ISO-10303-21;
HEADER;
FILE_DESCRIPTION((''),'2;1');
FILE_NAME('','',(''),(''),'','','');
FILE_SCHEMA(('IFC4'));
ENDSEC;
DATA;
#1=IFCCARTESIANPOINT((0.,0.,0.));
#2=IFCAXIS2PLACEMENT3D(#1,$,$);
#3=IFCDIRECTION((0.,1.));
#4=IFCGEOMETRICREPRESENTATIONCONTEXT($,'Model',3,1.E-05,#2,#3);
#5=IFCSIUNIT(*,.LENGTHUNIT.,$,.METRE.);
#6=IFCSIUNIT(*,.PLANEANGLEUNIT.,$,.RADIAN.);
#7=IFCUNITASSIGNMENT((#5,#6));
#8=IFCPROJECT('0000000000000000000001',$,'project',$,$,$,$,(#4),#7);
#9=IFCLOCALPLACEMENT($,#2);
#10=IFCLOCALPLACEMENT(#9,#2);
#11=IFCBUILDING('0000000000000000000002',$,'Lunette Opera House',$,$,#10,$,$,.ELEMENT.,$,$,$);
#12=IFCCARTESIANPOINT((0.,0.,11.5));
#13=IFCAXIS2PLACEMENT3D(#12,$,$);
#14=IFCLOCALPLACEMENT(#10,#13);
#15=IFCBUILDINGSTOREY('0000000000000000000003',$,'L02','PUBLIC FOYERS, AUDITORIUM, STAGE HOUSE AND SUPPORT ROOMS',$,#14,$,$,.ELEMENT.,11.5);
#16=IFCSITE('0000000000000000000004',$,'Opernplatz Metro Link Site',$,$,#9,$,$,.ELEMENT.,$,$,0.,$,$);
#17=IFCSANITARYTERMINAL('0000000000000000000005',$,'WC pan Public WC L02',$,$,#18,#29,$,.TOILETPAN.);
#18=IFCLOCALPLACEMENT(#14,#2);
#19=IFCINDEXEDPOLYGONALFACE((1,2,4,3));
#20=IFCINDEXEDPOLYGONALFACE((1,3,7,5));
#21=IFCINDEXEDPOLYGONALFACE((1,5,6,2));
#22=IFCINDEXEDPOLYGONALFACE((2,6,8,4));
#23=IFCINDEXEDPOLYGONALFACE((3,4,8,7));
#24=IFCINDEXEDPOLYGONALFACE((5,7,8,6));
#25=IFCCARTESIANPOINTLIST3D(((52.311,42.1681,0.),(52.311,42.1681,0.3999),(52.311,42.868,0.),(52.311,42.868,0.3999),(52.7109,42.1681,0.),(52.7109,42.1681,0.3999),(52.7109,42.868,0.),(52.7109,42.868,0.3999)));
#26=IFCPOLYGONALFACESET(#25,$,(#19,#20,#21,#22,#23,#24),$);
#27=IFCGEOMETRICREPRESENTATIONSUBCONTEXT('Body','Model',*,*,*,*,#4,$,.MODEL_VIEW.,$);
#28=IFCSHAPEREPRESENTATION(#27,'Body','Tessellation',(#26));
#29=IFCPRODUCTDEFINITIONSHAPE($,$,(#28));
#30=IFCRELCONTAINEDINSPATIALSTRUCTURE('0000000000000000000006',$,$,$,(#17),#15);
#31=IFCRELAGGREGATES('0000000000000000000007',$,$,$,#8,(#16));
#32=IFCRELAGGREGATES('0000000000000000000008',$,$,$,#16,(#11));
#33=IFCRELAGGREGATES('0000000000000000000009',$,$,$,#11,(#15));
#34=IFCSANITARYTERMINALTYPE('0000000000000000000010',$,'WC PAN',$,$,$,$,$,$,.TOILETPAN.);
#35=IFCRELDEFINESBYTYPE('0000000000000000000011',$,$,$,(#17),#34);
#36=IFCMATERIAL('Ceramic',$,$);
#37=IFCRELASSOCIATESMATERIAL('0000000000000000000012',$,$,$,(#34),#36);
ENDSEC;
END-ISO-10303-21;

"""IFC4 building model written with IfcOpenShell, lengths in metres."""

from ifc_helpers import new_model, si_unit, direction, frame, origin, origin_2d, place, context, subcontext, project, spatial, rectangle, extrude, material, type_object, element, save


model = new_model("IFC4")

# Units and contexts
model_context = context("Model", 3, precision=1e-05, world=origin(), true_north=direction((0.0, 1.0)))
body_context = subcontext(model_context, "Body", "Model", "MODEL_VIEW")
ifc_project = project(units=[si_unit("LENGTHUNIT", "METRE"), si_unit("PLANEANGLEUNIT", "RADIAN")], contexts=[model_context])

# Site, building, storey
site_placement = place(None, origin())
site = spatial("IfcSite", under=ifc_project, at=site_placement, Name="Opernplatz Metro Link Site", CompositionType="ELEMENT", RefElevation=0.0)
building_placement = place(site_placement, origin())
building = spatial("IfcBuilding", under=site, at=building_placement, Name="Lunette Opera House", CompositionType="ELEMENT")
storey_placement = place(building_placement, frame((0.0, 0.0, 11.5)))
storey = spatial("IfcBuildingStorey", under=building, at=storey_placement, Name="L02", Description="PUBLIC FOYERS, AUDITORIUM, STAGE HOUSE AND SUPPORT ROOMS", CompositionType="ELEMENT", Elevation=11.5)

# Sanitary terminal
ifc_material_1 = material(Name="Ceramic")
sanitary_terminal_type = type_object("IfcSanitaryTerminalType", Name="WC PAN", PredefinedType="TOILETPAN", material=ifc_material_1)
for number, where, z_axis, x_axis, name in (
    (1, (52.511, 42.5181, 0.0), (0.0, 0.0, 1.0), (1.0, 0.0, 0.0), "WC pan Public WC L02"),
):
    element("IfcSanitaryTerminal", number, at=place(storey_placement, frame(where, z_axis=z_axis, x_axis=x_axis)), inside=storey, type_object=sanitary_terminal_type, Name=name, PredefinedType="TOILETPAN", context=body_context, shape_type="SweptSolid", body=[
        extrude(rectangle(XDim=0.3999, YDim=0.7, at=origin_2d()), origin(), (0.0, 0.0, 1.0), 0.3999),
    ])

save(model, "model.ifc")
